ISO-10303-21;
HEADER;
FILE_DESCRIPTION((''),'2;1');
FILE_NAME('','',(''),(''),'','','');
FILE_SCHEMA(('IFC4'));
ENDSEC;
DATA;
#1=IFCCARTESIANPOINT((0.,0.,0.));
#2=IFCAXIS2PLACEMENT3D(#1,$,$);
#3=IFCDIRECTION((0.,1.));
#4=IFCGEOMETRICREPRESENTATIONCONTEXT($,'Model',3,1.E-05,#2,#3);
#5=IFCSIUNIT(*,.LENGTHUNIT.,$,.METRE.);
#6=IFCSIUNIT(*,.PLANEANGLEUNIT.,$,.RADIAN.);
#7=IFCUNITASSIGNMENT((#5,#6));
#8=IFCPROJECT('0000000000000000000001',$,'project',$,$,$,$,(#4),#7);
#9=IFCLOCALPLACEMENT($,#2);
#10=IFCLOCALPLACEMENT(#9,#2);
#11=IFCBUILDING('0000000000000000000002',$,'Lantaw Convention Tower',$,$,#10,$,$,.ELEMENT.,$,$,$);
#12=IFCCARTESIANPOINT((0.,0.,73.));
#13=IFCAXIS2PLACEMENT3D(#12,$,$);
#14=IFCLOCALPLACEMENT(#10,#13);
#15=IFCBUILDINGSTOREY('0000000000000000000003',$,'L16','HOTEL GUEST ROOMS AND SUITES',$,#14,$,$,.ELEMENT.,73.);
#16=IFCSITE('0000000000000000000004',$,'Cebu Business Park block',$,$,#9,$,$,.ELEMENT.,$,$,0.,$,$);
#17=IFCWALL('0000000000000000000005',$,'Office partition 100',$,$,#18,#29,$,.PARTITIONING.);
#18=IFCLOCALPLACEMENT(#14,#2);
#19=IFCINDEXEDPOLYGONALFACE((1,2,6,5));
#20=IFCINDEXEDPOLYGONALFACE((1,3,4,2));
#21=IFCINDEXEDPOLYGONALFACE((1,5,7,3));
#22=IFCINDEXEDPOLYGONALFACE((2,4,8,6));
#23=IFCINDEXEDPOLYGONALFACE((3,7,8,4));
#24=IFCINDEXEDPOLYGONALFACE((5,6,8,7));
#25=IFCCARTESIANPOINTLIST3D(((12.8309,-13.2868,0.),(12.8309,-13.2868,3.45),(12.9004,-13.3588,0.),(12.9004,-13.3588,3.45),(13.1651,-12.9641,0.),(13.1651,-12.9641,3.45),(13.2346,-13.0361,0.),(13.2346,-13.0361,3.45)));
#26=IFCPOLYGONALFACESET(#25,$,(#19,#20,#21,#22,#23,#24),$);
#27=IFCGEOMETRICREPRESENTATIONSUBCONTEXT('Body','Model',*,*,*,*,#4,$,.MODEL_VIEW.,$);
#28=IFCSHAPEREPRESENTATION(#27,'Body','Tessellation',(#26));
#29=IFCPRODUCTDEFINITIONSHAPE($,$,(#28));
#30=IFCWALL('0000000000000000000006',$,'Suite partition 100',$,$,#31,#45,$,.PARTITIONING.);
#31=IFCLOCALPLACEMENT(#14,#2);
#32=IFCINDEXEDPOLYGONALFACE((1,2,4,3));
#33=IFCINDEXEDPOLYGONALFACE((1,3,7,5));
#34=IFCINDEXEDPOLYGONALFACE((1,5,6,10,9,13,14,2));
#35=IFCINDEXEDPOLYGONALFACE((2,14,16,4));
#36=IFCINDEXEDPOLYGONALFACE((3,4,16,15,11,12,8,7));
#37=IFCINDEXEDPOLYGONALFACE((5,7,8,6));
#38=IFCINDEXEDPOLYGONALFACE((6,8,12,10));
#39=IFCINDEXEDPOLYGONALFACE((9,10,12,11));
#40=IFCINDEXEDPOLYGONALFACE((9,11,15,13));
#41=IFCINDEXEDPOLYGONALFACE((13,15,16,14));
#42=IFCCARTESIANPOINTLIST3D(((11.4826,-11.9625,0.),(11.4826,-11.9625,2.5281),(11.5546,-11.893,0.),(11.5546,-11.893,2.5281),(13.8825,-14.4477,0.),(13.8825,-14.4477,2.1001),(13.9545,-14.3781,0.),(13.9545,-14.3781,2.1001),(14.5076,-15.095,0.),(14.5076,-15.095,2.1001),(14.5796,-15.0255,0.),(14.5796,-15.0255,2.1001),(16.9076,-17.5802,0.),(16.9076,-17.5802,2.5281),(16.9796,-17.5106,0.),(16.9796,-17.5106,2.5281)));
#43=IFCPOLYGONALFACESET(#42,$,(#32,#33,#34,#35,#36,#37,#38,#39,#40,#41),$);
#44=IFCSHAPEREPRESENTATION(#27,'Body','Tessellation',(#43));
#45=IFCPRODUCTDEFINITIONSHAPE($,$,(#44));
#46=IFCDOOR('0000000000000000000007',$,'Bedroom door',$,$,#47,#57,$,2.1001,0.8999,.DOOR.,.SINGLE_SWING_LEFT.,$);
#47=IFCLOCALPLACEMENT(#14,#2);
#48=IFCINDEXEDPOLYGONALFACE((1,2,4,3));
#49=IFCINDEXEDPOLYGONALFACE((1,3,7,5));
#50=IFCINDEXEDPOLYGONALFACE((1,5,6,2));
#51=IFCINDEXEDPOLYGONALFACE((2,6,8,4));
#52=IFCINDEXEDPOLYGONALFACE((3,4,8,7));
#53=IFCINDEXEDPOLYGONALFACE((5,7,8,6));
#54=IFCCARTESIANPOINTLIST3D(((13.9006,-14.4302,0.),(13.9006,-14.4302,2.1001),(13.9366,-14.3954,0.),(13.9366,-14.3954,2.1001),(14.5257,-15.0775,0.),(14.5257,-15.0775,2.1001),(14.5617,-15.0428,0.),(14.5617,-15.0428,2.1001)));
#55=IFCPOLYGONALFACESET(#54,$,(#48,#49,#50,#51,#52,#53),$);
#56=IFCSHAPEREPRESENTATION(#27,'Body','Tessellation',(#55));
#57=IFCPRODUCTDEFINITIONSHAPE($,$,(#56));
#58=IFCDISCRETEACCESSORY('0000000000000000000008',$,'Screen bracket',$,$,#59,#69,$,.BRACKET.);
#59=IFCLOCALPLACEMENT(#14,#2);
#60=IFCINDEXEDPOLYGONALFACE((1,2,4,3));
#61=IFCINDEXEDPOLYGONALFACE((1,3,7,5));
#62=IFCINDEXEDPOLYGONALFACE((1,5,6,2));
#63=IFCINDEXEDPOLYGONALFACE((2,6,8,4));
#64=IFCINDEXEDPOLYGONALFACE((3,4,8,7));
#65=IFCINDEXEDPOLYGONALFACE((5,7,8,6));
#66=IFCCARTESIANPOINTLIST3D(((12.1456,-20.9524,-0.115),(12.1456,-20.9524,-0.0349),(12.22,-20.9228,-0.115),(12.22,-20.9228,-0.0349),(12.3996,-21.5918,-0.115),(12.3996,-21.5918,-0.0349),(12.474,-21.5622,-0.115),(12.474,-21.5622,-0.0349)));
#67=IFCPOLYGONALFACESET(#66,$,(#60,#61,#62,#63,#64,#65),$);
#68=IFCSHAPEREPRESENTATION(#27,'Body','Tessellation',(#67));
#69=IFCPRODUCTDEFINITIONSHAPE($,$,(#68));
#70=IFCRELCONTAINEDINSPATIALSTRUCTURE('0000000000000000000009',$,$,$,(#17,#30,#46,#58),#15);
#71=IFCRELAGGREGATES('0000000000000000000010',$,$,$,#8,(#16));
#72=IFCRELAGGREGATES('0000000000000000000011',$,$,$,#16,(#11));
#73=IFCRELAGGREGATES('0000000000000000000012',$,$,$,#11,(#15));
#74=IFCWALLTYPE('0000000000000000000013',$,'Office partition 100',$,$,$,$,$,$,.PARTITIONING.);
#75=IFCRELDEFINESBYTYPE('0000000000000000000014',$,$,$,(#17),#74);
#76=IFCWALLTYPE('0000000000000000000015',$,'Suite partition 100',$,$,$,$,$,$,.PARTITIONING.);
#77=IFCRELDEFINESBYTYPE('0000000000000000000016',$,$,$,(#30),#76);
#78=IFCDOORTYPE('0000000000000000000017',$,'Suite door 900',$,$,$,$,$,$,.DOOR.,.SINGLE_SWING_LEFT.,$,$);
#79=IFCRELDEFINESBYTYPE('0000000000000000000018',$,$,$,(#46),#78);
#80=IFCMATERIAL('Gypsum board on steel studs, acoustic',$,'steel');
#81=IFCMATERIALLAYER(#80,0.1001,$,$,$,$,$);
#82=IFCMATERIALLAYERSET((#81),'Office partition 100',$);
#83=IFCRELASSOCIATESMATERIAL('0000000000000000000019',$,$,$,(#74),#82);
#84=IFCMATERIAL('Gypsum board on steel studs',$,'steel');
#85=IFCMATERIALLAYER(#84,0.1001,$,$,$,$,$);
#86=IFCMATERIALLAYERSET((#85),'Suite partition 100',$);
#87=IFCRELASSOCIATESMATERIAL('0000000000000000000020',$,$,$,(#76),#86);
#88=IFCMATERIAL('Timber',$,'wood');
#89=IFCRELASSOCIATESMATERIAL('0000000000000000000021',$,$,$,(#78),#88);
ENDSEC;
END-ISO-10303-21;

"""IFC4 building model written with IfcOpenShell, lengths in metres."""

from ifc_helpers import new_model, si_unit, direction, frame, frame_2d, origin, origin_2d, place, context, subcontext, project, spatial, rectangle, extrude, material, layer, layer_set, type_object, element, fill, save


model = new_model("IFC4")

# Units and contexts
model_context = context("Model", 3, precision=1e-05, world=origin(), true_north=direction((0.0, 1.0)))
body_context = subcontext(model_context, "Body", "Model", "MODEL_VIEW")
ifc_project = project(units=[si_unit("LENGTHUNIT", "METRE"), si_unit("PLANEANGLEUNIT", "RADIAN")], contexts=[model_context])

# Site, building, storey
site_placement = place(None, origin())
site = spatial("IfcSite", under=ifc_project, at=site_placement, Name="Cebu Business Park block", CompositionType="ELEMENT", RefElevation=0.0)
building_placement = place(site_placement, origin())
building = spatial("IfcBuilding", under=site, at=building_placement, Name="Lantaw Convention Tower", CompositionType="ELEMENT")
storey_placement = place(building_placement, frame((0.0, 0.0, 73.0)))
storey = spatial("IfcBuildingStorey", under=building, at=storey_placement, Name="L16", Description="HOTEL GUEST ROOMS AND SUITES", CompositionType="ELEMENT", Elevation=73.0)

# Wall
ifc_material_1 = material(Name="Gypsum board on steel studs, acoustic", Category="steel")
ifc_layer_1 = layer(ifc_material_1, 0.1001)
ifc_layer_set_1 = layer_set([ifc_layer_1], Name="Office partition 100")
wall_type_1 = type_object("IfcWallType", Name="Office partition 100", PredefinedType="PARTITIONING", material=ifc_layer_set_1)
wall_1_placement = place(storey_placement, frame((13.2, -13.0, 0.0), z_axis=(0.0, 0.0, 1.0), x_axis=(-0.719347, -0.694651, 0.0)))
element("IfcWall", 1, at=wall_1_placement, inside=storey, type_object=wall_type_1, Name="Office partition 100", PredefinedType="PARTITIONING", context=body_context, shape_type="SweptSolid", body=[
    extrude(rectangle(XDim=0.4646, YDim=0.1001, at=frame_2d((0.2324, 0.0))), origin(), (0.0, 0.0, 1.0), 3.45),
])

# Wall, opening, door
ifc_material_2 = material(Name="Gypsum board on steel studs", Category="steel")
ifc_layer_2 = layer(ifc_material_2, 0.1001)
ifc_layer_set_2 = layer_set([ifc_layer_2], Name="Suite partition 100")
wall_type_2 = type_object("IfcWallType", Name="Suite partition 100", PredefinedType="PARTITIONING", material=ifc_layer_set_2)
wall_2_placement = place(storey_placement, frame((16.9436, -17.5454, 0.0), z_axis=(0.0, 0.0, 1.0), x_axis=(-0.694666, 0.719332, 0.0)))
wall_2 = element("IfcWall", 2, at=wall_2_placement, inside=storey, type_object=wall_type_2, Name="Suite partition 100", PredefinedType="PARTITIONING", context=body_context, shape_type="SweptSolid", body=[
    extrude(rectangle(XDim=7.8096, YDim=0.1001, at=frame_2d((3.9048, 0.0))), origin(), (0.0, 0.0, 1.0), 2.5281),
])
opening_1_placement = place(wall_2_placement, frame((3.4548, 0.0, 0.0)))
opening_1 = element("IfcOpeningElement", 3, at=opening_1_placement, cuts=wall_2, PredefinedType="OPENING", context=body_context, shape_type="SweptSolid", body=[
    extrude(rectangle(XDim=0.8999, YDim=2.1001, at=frame_2d((0.45, 1.05))), frame((0.0, 0.0601, 0.0), z_axis=(0.0, -1.0, 0.0), x_axis=(1.0, 0.0, 0.0)), (0.0, 0.0, 1.0), 0.1201),
])
ifc_material_3 = material(Name="Timber", Category="wood")
door_type_1 = type_object("IfcDoorType", Name="Suite door 900", OperationType="SINGLE_SWING_LEFT", PredefinedType="DOOR", material=ifc_material_3)
door_1_placement = place(opening_1_placement, origin())
door_1 = element("IfcDoor", 4, at=door_1_placement, inside=storey, type_object=door_type_1, Name="Bedroom door", OperationType="SINGLE_SWING_LEFT", OverallHeight=2.1001, OverallWidth=0.8999, PredefinedType="DOOR", context=body_context, shape_type="SweptSolid", body=[
    extrude(rectangle(XDim=0.8999, YDim=2.1001, at=frame_2d((0.45, 1.05))), frame((0.0, 0.0249, 0.0), z_axis=(0.0, -1.0, 0.0), x_axis=(1.0, 0.0, 0.0)), (0.0, 0.0, 1.0), 0.05),
])
fill(opening_1, door_1)

# Discrete accessory
discrete_accessory_placement = place(storey_placement, frame((12.3098, -21.2573, -0.115), z_axis=(0.0, 0.0, 1.0), x_axis=(0.929361, 0.369172, 0.0)))
element("IfcDiscreteAccessory", 5, at=discrete_accessory_placement, inside=storey, Name="Screen bracket", PredefinedType="BRACKET", context=body_context, shape_type="SweptSolid", body=[
    extrude(rectangle(XDim=0.0801, YDim=0.688, at=origin_2d()), origin(), (0.0, 0.0, 1.0), 0.0801),
])

save(model, "model.ifc")
